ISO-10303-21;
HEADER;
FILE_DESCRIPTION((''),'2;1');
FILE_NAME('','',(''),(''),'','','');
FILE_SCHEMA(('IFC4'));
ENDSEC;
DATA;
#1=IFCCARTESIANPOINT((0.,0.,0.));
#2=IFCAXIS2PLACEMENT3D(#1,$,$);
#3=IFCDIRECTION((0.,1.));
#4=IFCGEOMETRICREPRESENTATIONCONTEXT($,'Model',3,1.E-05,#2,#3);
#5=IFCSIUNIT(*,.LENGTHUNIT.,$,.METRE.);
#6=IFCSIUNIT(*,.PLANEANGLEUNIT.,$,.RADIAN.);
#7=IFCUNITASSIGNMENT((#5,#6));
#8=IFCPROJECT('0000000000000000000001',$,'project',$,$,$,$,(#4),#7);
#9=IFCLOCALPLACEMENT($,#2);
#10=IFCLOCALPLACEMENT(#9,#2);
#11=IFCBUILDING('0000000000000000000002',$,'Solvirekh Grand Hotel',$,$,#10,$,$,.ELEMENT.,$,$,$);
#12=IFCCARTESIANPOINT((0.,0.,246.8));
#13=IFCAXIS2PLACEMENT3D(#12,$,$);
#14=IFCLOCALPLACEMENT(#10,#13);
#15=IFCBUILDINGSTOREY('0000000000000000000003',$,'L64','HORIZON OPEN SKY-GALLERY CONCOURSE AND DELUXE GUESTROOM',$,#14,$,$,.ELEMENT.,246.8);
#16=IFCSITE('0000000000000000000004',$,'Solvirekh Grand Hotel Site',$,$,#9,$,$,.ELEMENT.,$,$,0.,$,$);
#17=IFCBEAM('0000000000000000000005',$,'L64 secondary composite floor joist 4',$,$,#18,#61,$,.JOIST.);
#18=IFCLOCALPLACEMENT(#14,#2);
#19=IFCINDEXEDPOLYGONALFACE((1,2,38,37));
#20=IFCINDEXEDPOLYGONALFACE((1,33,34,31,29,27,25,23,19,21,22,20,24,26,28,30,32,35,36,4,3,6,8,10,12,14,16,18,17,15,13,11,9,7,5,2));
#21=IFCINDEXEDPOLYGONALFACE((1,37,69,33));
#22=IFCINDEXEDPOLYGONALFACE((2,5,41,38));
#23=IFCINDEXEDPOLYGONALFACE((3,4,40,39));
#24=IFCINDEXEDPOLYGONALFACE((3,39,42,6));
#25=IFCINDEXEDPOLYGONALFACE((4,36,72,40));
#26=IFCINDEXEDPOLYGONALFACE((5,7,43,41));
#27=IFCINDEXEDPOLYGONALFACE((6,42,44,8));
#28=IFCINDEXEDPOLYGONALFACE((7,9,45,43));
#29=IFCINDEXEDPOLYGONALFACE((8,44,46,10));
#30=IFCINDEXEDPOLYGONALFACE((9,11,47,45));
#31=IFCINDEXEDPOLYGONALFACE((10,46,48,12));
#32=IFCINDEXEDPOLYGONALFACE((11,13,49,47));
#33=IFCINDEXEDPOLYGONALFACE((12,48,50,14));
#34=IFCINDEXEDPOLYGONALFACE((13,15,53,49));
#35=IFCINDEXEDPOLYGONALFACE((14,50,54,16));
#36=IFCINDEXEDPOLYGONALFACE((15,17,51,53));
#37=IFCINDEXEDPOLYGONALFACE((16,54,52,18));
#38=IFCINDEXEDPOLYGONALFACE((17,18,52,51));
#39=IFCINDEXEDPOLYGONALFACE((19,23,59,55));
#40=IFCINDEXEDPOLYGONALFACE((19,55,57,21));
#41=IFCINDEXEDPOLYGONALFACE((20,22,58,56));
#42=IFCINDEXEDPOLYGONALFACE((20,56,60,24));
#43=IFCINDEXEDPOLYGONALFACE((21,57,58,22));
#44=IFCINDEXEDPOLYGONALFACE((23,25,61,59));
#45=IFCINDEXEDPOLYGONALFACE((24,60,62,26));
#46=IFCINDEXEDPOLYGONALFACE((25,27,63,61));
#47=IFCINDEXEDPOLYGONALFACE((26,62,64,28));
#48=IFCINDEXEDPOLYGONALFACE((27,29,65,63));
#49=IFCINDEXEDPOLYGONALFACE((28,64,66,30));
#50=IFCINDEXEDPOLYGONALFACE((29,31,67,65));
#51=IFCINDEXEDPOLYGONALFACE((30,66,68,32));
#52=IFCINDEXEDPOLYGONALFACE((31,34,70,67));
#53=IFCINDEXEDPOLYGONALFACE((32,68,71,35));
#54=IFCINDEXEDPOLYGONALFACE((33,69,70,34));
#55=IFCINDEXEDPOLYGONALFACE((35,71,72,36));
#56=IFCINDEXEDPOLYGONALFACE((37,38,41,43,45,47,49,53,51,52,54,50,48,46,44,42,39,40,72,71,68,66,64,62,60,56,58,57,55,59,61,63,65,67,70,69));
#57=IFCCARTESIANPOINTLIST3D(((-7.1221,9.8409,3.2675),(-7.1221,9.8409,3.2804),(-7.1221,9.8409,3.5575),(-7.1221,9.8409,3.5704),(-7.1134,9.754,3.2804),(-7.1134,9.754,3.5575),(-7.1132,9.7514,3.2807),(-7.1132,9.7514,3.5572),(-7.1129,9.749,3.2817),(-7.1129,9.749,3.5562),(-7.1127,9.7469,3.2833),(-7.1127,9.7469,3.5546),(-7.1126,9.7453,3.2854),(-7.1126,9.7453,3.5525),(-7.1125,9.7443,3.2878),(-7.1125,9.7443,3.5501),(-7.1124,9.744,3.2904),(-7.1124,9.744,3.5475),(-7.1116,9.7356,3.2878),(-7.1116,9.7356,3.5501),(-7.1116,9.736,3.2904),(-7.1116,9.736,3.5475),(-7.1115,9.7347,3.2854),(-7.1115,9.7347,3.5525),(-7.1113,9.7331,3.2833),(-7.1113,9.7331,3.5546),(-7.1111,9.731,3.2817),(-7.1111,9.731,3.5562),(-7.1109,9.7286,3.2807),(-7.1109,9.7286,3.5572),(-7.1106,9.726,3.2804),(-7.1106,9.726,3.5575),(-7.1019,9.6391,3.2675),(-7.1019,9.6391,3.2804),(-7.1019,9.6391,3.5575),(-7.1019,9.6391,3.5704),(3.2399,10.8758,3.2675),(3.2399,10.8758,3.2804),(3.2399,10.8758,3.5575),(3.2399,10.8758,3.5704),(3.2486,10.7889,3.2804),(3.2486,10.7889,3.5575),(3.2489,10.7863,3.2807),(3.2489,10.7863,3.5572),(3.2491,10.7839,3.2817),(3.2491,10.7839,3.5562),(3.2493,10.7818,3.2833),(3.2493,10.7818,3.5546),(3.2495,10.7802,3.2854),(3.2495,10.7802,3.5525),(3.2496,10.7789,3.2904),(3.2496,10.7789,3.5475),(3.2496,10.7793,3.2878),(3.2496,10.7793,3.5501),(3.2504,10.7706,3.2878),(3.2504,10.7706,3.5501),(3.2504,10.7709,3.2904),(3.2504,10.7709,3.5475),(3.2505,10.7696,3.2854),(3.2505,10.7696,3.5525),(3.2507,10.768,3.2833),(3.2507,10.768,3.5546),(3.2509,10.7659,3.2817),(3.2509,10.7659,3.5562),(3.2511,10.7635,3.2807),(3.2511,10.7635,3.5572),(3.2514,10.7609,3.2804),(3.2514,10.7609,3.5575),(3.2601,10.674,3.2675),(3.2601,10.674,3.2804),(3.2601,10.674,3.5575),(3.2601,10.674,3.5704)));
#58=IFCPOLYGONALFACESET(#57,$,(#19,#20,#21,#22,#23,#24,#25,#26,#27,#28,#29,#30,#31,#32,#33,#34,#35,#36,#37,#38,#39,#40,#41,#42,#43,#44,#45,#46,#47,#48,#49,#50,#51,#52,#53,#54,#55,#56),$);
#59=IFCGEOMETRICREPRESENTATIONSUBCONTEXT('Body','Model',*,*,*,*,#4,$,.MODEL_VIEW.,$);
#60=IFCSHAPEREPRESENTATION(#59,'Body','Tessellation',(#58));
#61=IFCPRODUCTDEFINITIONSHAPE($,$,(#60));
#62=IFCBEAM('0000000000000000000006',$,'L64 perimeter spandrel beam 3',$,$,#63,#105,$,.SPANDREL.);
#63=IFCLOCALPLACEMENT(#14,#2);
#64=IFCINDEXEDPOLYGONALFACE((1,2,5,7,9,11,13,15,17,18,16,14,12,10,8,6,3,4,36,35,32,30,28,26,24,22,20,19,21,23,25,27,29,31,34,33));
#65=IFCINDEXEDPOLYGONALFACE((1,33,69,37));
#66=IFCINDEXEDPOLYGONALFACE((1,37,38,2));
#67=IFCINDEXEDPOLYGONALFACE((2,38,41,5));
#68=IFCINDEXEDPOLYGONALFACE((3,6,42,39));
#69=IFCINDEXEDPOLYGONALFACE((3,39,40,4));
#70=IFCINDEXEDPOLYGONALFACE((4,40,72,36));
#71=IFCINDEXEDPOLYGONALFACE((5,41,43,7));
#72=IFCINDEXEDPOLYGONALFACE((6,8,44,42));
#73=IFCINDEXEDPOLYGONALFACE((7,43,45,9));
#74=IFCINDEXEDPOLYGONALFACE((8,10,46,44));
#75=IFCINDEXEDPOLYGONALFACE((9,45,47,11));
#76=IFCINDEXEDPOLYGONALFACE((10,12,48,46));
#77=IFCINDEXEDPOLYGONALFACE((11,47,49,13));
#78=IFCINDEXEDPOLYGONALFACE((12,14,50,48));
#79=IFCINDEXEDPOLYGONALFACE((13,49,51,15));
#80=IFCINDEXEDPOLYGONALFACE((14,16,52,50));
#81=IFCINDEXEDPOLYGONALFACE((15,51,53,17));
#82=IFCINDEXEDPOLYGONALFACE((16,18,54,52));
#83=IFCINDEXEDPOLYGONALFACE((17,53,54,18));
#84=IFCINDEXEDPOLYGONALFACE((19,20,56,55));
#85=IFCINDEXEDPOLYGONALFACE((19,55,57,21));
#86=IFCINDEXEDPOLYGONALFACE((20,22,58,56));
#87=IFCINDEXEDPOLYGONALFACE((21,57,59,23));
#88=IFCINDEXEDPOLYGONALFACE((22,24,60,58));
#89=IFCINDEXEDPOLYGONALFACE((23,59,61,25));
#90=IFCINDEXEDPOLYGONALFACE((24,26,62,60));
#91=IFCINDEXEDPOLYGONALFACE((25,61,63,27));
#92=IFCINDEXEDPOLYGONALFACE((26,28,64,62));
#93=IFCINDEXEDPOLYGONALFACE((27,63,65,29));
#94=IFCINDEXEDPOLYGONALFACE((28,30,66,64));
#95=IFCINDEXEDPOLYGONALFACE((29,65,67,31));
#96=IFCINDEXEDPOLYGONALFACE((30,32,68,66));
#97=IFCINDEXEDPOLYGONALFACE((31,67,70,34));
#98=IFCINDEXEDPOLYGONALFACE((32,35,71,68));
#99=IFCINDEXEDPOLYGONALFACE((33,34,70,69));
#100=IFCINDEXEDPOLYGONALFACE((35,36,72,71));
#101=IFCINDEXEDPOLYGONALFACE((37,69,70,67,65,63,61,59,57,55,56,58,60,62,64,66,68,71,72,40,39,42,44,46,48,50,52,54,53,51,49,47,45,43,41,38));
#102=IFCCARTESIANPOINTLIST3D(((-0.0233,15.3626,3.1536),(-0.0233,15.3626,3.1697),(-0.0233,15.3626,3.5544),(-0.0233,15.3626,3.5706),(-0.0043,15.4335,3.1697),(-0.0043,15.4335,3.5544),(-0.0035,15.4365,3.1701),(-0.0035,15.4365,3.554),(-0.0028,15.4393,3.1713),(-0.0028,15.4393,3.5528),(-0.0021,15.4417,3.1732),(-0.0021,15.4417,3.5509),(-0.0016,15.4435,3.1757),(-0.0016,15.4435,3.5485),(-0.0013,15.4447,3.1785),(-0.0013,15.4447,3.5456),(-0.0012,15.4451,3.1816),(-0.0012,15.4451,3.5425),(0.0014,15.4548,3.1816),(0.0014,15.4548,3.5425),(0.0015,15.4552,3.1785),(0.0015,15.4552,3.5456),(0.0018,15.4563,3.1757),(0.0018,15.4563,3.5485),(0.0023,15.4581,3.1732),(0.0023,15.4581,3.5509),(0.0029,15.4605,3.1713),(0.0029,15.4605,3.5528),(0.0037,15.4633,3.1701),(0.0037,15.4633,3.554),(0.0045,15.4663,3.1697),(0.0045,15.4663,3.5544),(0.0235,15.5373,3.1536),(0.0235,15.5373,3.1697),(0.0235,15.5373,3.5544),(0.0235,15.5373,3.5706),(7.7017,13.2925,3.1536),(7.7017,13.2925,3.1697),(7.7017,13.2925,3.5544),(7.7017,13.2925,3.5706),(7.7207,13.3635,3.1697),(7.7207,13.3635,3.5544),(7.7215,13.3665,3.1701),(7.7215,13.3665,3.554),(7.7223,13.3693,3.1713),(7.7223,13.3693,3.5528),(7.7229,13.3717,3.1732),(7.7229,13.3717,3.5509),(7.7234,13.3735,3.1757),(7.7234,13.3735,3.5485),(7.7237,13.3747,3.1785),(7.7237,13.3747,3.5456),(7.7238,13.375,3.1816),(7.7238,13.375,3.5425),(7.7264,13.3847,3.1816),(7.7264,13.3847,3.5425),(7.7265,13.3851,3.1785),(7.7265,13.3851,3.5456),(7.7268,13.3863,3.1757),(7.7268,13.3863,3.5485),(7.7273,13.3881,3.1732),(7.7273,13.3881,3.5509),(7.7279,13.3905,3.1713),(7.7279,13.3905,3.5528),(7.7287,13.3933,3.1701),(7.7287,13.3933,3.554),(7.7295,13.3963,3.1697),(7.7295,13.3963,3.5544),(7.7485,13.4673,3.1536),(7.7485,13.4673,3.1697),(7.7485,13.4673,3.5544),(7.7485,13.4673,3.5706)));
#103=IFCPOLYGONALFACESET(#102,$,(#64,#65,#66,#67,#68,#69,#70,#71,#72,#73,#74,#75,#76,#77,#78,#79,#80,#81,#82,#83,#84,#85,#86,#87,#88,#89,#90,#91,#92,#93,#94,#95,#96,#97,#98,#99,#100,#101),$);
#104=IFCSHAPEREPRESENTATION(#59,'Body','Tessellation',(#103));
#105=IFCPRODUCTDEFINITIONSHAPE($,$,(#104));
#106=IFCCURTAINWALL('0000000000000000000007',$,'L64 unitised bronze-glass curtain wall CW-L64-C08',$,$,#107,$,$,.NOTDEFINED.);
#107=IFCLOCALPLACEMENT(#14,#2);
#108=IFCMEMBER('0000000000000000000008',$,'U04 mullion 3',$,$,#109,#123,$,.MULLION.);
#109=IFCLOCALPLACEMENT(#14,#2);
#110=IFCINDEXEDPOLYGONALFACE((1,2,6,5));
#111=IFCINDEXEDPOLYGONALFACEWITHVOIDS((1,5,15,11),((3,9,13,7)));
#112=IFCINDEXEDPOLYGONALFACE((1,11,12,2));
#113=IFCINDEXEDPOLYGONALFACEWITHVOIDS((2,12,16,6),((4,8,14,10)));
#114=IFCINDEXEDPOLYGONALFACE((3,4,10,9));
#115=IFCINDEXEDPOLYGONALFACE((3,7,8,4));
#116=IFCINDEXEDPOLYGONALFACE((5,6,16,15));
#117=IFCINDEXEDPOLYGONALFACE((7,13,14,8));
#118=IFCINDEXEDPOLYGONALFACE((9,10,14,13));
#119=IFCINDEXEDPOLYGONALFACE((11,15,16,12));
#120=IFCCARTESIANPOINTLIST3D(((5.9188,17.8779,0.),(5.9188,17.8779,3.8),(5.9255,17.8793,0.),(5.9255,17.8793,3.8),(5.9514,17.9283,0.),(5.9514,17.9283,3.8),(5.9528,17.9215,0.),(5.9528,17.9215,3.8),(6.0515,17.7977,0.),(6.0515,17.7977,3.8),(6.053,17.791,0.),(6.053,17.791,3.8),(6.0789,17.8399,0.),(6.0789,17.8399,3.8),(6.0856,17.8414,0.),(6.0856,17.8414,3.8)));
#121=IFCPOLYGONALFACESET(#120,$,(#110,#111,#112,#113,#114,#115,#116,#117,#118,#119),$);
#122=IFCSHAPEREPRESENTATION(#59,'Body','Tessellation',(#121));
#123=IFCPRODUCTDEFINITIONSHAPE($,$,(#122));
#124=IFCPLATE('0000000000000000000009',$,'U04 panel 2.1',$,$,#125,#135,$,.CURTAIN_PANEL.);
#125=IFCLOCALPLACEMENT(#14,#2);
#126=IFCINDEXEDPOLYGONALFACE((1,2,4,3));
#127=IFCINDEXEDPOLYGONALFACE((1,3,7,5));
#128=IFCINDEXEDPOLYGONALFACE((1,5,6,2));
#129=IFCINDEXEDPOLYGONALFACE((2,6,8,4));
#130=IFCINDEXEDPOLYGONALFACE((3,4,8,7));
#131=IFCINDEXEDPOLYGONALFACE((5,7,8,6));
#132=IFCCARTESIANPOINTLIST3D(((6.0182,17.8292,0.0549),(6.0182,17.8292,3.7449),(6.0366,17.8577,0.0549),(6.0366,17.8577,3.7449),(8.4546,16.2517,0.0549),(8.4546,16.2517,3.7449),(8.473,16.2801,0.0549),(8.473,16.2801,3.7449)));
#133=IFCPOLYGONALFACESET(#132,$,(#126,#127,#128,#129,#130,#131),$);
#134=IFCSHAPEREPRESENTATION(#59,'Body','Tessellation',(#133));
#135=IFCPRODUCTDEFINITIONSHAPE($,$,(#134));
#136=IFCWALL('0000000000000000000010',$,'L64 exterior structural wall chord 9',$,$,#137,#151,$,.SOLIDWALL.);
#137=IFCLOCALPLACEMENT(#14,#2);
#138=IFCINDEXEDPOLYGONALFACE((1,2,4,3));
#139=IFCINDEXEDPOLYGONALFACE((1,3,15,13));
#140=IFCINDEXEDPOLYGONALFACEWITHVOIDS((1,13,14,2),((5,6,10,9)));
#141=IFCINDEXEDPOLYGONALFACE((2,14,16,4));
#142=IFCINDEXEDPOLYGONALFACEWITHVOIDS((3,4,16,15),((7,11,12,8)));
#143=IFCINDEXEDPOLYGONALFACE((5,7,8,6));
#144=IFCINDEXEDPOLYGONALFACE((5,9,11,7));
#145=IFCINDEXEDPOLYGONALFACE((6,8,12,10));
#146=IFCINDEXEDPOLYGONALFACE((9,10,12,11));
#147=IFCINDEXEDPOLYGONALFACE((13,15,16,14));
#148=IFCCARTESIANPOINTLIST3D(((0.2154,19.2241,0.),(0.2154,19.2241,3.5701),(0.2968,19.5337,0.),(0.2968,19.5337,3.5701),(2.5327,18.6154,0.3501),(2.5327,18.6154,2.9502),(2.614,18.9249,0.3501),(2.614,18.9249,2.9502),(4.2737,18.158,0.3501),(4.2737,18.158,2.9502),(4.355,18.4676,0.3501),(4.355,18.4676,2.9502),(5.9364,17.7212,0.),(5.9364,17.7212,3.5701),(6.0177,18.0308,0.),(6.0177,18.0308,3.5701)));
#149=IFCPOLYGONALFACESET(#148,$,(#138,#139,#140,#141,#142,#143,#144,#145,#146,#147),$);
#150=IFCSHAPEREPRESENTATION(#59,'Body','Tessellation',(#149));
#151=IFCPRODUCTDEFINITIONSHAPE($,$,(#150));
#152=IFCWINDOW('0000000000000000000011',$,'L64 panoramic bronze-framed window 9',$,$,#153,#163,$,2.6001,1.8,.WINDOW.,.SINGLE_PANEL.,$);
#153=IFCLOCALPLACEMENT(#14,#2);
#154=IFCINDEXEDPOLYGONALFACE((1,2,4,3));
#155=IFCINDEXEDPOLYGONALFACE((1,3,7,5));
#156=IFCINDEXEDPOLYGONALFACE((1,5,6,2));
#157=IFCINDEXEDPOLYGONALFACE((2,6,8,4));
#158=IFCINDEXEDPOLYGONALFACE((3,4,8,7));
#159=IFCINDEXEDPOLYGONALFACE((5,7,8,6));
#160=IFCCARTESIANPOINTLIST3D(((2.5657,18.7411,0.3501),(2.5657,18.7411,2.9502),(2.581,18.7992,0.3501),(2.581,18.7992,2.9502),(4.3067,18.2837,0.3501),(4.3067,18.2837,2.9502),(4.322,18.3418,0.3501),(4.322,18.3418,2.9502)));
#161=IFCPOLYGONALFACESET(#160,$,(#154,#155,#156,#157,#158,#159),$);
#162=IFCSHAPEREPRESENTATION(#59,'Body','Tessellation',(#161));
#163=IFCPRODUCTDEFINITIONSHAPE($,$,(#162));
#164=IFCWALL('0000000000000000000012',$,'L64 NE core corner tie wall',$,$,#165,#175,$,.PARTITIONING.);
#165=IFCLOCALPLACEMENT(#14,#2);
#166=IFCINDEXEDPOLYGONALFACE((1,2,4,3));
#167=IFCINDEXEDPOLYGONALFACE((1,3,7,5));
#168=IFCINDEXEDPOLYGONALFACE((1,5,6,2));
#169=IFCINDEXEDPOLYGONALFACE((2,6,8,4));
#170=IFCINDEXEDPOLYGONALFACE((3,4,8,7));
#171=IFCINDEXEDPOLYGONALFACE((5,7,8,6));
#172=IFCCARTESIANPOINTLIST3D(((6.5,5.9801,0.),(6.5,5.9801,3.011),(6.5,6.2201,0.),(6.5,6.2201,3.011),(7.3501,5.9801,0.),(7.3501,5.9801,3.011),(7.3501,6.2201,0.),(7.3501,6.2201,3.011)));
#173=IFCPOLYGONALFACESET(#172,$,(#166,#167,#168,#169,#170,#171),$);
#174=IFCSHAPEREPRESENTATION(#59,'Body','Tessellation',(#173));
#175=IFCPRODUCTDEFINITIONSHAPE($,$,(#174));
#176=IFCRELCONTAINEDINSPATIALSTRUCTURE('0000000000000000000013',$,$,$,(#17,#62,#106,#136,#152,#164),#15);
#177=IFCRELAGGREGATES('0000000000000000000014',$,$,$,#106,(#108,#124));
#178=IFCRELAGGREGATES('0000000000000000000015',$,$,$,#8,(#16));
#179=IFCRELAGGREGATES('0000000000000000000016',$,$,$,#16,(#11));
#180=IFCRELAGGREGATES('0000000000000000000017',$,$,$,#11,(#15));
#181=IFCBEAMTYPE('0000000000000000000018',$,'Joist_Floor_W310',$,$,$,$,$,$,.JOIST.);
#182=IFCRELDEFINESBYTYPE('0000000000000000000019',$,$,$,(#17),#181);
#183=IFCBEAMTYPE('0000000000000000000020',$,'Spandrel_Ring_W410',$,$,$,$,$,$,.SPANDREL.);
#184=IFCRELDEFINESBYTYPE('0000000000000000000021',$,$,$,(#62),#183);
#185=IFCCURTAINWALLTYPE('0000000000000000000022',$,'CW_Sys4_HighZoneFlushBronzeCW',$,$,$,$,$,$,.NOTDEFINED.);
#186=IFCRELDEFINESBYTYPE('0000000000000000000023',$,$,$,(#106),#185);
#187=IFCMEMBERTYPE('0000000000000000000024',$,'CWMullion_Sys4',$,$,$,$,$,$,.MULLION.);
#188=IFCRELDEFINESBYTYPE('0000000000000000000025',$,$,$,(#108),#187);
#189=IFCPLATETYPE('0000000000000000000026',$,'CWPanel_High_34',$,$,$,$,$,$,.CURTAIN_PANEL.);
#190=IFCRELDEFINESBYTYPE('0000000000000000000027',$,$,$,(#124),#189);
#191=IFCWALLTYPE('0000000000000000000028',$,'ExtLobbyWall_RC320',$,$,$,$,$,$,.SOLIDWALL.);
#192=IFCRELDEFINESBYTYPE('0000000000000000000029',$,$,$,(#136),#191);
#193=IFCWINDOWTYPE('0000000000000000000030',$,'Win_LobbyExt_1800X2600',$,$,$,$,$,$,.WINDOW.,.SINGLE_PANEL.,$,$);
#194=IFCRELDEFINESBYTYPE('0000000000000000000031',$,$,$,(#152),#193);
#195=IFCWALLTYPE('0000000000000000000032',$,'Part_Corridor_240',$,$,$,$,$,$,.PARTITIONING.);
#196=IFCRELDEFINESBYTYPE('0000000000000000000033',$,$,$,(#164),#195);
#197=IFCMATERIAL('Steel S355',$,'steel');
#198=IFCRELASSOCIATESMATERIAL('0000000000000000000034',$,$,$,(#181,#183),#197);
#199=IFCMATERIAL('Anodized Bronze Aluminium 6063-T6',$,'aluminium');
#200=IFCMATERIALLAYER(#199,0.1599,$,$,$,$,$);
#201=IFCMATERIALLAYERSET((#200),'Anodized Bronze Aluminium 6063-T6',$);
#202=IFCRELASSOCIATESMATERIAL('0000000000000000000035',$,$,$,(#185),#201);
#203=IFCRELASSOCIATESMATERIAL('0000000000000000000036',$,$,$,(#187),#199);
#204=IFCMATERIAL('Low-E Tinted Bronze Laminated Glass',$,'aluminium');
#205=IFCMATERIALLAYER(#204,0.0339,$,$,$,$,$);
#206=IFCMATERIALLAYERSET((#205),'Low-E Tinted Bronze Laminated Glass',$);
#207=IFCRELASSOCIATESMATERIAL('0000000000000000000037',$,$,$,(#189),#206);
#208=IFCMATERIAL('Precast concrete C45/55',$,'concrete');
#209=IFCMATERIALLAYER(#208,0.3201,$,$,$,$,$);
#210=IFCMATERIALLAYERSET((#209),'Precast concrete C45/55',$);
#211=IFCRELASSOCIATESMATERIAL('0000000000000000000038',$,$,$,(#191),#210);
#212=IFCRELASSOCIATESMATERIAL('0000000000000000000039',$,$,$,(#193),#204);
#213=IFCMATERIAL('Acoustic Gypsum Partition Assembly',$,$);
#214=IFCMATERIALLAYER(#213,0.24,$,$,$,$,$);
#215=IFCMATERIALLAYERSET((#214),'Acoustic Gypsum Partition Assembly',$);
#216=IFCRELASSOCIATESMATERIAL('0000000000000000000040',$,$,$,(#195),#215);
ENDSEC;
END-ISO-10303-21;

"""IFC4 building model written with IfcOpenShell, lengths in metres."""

from ifc_helpers import new_model, si_unit, direction, frame, frame_2d, origin, origin_2d, place, context, subcontext, project, spatial, rectangle, hollow_rectangle, i_section, extrude, source, transform, mapped, material, layer, layer_set, material_profile, profile_set, type_object, element, fill, aggregate, save


model = new_model("IFC4")

# Units and contexts
model_context = context("Model", 3, precision=1e-05, world=origin(), true_north=direction((0.0, 1.0)))
body_context = subcontext(model_context, "Body", "Model", "MODEL_VIEW")
ifc_project = project(units=[si_unit("LENGTHUNIT", "METRE"), si_unit("PLANEANGLEUNIT", "RADIAN")], contexts=[model_context])

# Site, building, storey
site_placement = place(None, origin())
site = spatial("IfcSite", under=ifc_project, at=site_placement, Name="Solvirekh Grand Hotel Site", CompositionType="ELEMENT", RefElevation=0.0)
building_placement = place(site_placement, origin())
building = spatial("IfcBuilding", under=site, at=building_placement, Name="Solvirekh Grand Hotel", CompositionType="ELEMENT")
storey_placement = place(building_placement, frame((0.0, 0.0, 246.8)))
storey = spatial("IfcBuildingStorey", under=building, at=storey_placement, Name="L64", Description="HORIZON OPEN SKY-GALLERY CONCOURSE AND DELUXE GUESTROOM", CompositionType="ELEMENT", Elevation=246.8)

# Beams
ifc_material_1 = material(Name="Steel S355", Category="steel")
ifc_material_profile_1 = material_profile(ifc_material_1, i_section(OverallWidth=0.2029, OverallDepth=0.303, WebThickness=0.0081, FlangeThickness=0.0129, FilletRadius=0.01, at=origin_2d()), Name="W310X60")
ifc_profile_set_1 = profile_set([ifc_material_profile_1], Name="Steel S355")
beam_type_1 = type_object("IfcBeamType", Name="Joist_Floor_W310", PredefinedType="JOIST", material=ifc_profile_set_1)
beam_1_placement = place(storey_placement, frame((3.25, 10.7749, 3.4189), z_axis=(-0.995049, -0.099381, 0.0), x_axis=(0.099381, -0.995049, 0.0)))
element("IfcBeam", 1, at=beam_1_placement, inside=storey, type_object=beam_type_1, Name="L64 secondary composite floor joist 4", PredefinedType="JOIST", context=body_context, shape_type="SweptSolid", body=[
    extrude(i_section(OverallWidth=0.2029, OverallDepth=0.303, WebThickness=0.0081, FlangeThickness=0.0129, FilletRadius=0.01, at=origin_2d()), origin(), (0.0, 0.0, 1.0), 10.4136),
])
ifc_material_profile_2 = material_profile(ifc_material_1, i_section(OverallWidth=0.1809, OverallDepth=0.417, WebThickness=0.01, FlangeThickness=0.0161, FilletRadius=0.012, at=origin_2d()), Name="W410X85")
ifc_profile_set_2 = profile_set([ifc_material_profile_2], Name="Steel S355")
beam_type_2 = type_object("IfcBeamType", Name="Spandrel_Ring_W410", PredefinedType="SPANDREL", material=ifc_profile_set_2)
beam_2_placement = place(storey_placement, frame((7.7251, 13.3799, 3.3621), z_axis=(-0.965922, 0.258835, 0.0), x_axis=(-0.258835, -0.965922, 0.0)))
element("IfcBeam", 2, at=beam_2_placement, inside=storey, type_object=beam_type_2, Name="L64 perimeter spandrel beam 3", PredefinedType="SPANDREL", context=body_context, shape_type="SweptSolid", body=[
    extrude(i_section(OverallWidth=0.1809, OverallDepth=0.417, WebThickness=0.01, FlangeThickness=0.0161, FilletRadius=0.012, at=origin_2d()), origin(), (0.0, 0.0, 1.0), 7.9976),
])

# Curtain wall, member, plate
ifc_material_2 = material(Name="Anodized Bronze Aluminium 6063-T6", Category="aluminium")
ifc_layer_1 = layer(ifc_material_2, 0.1599)
ifc_layer_set_1 = layer_set([ifc_layer_1], Name="Anodized Bronze Aluminium 6063-T6")
curtain_wall_type = type_object("IfcCurtainWallType", Name="CW_Sys4_HighZoneFlushBronzeCW", PredefinedType="NOTDEFINED", material=ifc_layer_set_1)
curtain_wall_placement = place(storey_placement, origin())
curtain_wall = element("IfcCurtainWall", 3, at=curtain_wall_placement, inside=storey, type_object=curtain_wall_type, Name="L64 unitised bronze-glass curtain wall CW-L64-C08", PredefinedType="NOTDEFINED")
ifc_material_profile_3 = material_profile(ifc_material_2, hollow_rectangle(XDim=0.0601, YDim=0.1599, WallThickness=0.0049, at=origin_2d()), Name="ALU RHS 160X60X5")
ifc_profile_set_3 = profile_set([ifc_material_profile_3], Name="Anodized Bronze Aluminium 6063-T6")
member_type = type_object("IfcMemberType", Name="CWMullion_Sys4", PredefinedType="MULLION", material=ifc_profile_set_3)
shared_shape_1 = source(origin(), body_context, "Body", "SweptSolid", [
    extrude(hollow_rectangle(XDim=0.0601, YDim=0.1599, WallThickness=0.0049, at=origin_2d()), origin(), (0.0, 0.0, 1.0), 3.8),
])
member_placement = place(storey_placement, frame((6.0022, 17.8596, 0.0), z_axis=(0.0, 0.0, 1.0), x_axis=(-0.543508, -0.839404, 0.0)))
member = element("IfcMember", 4, at=member_placement, type_object=member_type, Name="U04 mullion 3", PredefinedType="MULLION", context=body_context, shape_type="MappedRepresentation", body=[
    mapped(shared_shape_1, transform((0.0, 0.0, 0.0), x_axis=(1.0, 0.0, 0.0), y_axis=(0.0, 1.0, 0.0), z_axis=(0.0, 0.0, 1.0), scale=1.0)),
])
ifc_material_3 = material(Name="Low-E Tinted Bronze Laminated Glass", Category="aluminium")
ifc_layer_2 = layer(ifc_material_3, 0.0339)
ifc_layer_set_2 = layer_set([ifc_layer_2], Name="Low-E Tinted Bronze Laminated Glass")
plate_type = type_object("IfcPlateType", Name="CWPanel_High_34", PredefinedType="CURTAIN_PANEL", material=ifc_layer_set_2)
shared_shape_2 = source(origin(), body_context, "Body", "SweptSolid", [
    extrude(rectangle(XDim=2.9026, YDim=0.0339, at=origin_2d()), origin(), (0.0, 0.0, 1.0), 3.6899),
])
plate_placement = place(storey_placement, frame((7.2456, 17.0547, 0.0549), z_axis=(0.0, 0.0, 1.0), x_axis=(-0.839404, 0.543508, 0.0)))
plate = element("IfcPlate", 5, at=plate_placement, type_object=plate_type, Name="U04 panel 2.1", PredefinedType="CURTAIN_PANEL", context=body_context, shape_type="MappedRepresentation", body=[
    mapped(shared_shape_2, transform((0.0, 0.0, 0.0), x_axis=(1.0, 0.0, 0.0), y_axis=(0.0, 1.0, 0.0), z_axis=(0.0, 0.0, 1.0), scale=1.0)),
])
aggregate(curtain_wall, [member, plate])

# Wall, opening, window
ifc_material_4 = material(Name="Precast concrete C45/55", Category="concrete")
ifc_layer_3 = layer(ifc_material_4, 0.3201)
ifc_layer_set_3 = layer_set([ifc_layer_3], Name="Precast concrete C45/55")
wall_type_1 = type_object("IfcWallType", Name="ExtLobbyWall_RC320", PredefinedType="SOLIDWALL", material=ifc_layer_set_3)
wall_1_placement = place(storey_placement, frame((0.2561, 19.3789, 0.0), z_axis=(0.0, 0.0, 1.0), x_axis=(0.967182, -0.254085, 0.0)))
wall_1 = element("IfcWall", 6, at=wall_1_placement, inside=storey, type_object=wall_type_1, Name="L64 exterior structural wall chord 9", PredefinedType="SOLIDWALL", context=body_context, shape_type="SweptSolid", body=[
    extrude(rectangle(XDim=5.915, YDim=0.3201, at=frame_2d((2.9575, 0.0))), origin(), (0.0, 0.0, 1.0), 3.5701),
])
opening_1_placement = place(wall_1_placement, frame((2.396, 0.0, 0.3501)))
opening_1 = element("IfcOpeningElement", 7, at=opening_1_placement, cuts=wall_1, PredefinedType="OPENING", context=body_context, shape_type="SweptSolid", body=[
    extrude(rectangle(XDim=1.8, YDim=2.6001, at=frame_2d((0.8999, 1.3))), frame((0.0, 0.1699, 0.0), z_axis=(0.0, -1.0, 0.0), x_axis=(1.0, 0.0, 0.0)), (0.0, 0.0, 1.0), 0.3401),
])
window_type = type_object("IfcWindowType", Name="Win_LobbyExt_1800X2600", PartitioningType="SINGLE_PANEL", PredefinedType="WINDOW", material=ifc_material_3)
window_placement = place(opening_1_placement, origin())
window = element("IfcWindow", 8, at=window_placement, inside=storey, type_object=window_type, Name="L64 panoramic bronze-framed window 9", OverallHeight=2.6001, OverallWidth=1.8, PartitioningType="SINGLE_PANEL", PredefinedType="WINDOW", context=body_context, shape_type="SweptSolid", body=[
    extrude(rectangle(XDim=1.8, YDim=2.6001, at=frame_2d((0.8999, 1.3))), frame((0.0, 0.03, 0.0), z_axis=(0.0, -1.0, 0.0), x_axis=(1.0, 0.0, 0.0)), (0.0, 0.0, 1.0), 0.0601),
])
fill(opening_1, window)

# Wall
ifc_material_5 = material(Name="Acoustic Gypsum Partition Assembly")
ifc_layer_4 = layer(ifc_material_5, 0.24)
ifc_layer_set_4 = layer_set([ifc_layer_4], Name="Acoustic Gypsum Partition Assembly")
wall_type_2 = type_object("IfcWallType", Name="Part_Corridor_240", PredefinedType="PARTITIONING", material=ifc_layer_set_4)
wall_2_placement = place(storey_placement, frame((6.5, 6.1001, 0.0), z_axis=(0.0, 0.0, 1.0), x_axis=(1.0, 0.0, 0.0)))
element("IfcWall", 9, at=wall_2_placement, inside=storey, type_object=wall_type_2, Name="L64 NE core corner tie wall", PredefinedType="PARTITIONING", context=body_context, shape_type="SweptSolid", body=[
    extrude(rectangle(XDim=0.8501, YDim=0.24, at=frame_2d((0.425, 0.0))), origin(), (0.0, 0.0, 1.0), 3.011),
])

save(model, "model.ifc")
